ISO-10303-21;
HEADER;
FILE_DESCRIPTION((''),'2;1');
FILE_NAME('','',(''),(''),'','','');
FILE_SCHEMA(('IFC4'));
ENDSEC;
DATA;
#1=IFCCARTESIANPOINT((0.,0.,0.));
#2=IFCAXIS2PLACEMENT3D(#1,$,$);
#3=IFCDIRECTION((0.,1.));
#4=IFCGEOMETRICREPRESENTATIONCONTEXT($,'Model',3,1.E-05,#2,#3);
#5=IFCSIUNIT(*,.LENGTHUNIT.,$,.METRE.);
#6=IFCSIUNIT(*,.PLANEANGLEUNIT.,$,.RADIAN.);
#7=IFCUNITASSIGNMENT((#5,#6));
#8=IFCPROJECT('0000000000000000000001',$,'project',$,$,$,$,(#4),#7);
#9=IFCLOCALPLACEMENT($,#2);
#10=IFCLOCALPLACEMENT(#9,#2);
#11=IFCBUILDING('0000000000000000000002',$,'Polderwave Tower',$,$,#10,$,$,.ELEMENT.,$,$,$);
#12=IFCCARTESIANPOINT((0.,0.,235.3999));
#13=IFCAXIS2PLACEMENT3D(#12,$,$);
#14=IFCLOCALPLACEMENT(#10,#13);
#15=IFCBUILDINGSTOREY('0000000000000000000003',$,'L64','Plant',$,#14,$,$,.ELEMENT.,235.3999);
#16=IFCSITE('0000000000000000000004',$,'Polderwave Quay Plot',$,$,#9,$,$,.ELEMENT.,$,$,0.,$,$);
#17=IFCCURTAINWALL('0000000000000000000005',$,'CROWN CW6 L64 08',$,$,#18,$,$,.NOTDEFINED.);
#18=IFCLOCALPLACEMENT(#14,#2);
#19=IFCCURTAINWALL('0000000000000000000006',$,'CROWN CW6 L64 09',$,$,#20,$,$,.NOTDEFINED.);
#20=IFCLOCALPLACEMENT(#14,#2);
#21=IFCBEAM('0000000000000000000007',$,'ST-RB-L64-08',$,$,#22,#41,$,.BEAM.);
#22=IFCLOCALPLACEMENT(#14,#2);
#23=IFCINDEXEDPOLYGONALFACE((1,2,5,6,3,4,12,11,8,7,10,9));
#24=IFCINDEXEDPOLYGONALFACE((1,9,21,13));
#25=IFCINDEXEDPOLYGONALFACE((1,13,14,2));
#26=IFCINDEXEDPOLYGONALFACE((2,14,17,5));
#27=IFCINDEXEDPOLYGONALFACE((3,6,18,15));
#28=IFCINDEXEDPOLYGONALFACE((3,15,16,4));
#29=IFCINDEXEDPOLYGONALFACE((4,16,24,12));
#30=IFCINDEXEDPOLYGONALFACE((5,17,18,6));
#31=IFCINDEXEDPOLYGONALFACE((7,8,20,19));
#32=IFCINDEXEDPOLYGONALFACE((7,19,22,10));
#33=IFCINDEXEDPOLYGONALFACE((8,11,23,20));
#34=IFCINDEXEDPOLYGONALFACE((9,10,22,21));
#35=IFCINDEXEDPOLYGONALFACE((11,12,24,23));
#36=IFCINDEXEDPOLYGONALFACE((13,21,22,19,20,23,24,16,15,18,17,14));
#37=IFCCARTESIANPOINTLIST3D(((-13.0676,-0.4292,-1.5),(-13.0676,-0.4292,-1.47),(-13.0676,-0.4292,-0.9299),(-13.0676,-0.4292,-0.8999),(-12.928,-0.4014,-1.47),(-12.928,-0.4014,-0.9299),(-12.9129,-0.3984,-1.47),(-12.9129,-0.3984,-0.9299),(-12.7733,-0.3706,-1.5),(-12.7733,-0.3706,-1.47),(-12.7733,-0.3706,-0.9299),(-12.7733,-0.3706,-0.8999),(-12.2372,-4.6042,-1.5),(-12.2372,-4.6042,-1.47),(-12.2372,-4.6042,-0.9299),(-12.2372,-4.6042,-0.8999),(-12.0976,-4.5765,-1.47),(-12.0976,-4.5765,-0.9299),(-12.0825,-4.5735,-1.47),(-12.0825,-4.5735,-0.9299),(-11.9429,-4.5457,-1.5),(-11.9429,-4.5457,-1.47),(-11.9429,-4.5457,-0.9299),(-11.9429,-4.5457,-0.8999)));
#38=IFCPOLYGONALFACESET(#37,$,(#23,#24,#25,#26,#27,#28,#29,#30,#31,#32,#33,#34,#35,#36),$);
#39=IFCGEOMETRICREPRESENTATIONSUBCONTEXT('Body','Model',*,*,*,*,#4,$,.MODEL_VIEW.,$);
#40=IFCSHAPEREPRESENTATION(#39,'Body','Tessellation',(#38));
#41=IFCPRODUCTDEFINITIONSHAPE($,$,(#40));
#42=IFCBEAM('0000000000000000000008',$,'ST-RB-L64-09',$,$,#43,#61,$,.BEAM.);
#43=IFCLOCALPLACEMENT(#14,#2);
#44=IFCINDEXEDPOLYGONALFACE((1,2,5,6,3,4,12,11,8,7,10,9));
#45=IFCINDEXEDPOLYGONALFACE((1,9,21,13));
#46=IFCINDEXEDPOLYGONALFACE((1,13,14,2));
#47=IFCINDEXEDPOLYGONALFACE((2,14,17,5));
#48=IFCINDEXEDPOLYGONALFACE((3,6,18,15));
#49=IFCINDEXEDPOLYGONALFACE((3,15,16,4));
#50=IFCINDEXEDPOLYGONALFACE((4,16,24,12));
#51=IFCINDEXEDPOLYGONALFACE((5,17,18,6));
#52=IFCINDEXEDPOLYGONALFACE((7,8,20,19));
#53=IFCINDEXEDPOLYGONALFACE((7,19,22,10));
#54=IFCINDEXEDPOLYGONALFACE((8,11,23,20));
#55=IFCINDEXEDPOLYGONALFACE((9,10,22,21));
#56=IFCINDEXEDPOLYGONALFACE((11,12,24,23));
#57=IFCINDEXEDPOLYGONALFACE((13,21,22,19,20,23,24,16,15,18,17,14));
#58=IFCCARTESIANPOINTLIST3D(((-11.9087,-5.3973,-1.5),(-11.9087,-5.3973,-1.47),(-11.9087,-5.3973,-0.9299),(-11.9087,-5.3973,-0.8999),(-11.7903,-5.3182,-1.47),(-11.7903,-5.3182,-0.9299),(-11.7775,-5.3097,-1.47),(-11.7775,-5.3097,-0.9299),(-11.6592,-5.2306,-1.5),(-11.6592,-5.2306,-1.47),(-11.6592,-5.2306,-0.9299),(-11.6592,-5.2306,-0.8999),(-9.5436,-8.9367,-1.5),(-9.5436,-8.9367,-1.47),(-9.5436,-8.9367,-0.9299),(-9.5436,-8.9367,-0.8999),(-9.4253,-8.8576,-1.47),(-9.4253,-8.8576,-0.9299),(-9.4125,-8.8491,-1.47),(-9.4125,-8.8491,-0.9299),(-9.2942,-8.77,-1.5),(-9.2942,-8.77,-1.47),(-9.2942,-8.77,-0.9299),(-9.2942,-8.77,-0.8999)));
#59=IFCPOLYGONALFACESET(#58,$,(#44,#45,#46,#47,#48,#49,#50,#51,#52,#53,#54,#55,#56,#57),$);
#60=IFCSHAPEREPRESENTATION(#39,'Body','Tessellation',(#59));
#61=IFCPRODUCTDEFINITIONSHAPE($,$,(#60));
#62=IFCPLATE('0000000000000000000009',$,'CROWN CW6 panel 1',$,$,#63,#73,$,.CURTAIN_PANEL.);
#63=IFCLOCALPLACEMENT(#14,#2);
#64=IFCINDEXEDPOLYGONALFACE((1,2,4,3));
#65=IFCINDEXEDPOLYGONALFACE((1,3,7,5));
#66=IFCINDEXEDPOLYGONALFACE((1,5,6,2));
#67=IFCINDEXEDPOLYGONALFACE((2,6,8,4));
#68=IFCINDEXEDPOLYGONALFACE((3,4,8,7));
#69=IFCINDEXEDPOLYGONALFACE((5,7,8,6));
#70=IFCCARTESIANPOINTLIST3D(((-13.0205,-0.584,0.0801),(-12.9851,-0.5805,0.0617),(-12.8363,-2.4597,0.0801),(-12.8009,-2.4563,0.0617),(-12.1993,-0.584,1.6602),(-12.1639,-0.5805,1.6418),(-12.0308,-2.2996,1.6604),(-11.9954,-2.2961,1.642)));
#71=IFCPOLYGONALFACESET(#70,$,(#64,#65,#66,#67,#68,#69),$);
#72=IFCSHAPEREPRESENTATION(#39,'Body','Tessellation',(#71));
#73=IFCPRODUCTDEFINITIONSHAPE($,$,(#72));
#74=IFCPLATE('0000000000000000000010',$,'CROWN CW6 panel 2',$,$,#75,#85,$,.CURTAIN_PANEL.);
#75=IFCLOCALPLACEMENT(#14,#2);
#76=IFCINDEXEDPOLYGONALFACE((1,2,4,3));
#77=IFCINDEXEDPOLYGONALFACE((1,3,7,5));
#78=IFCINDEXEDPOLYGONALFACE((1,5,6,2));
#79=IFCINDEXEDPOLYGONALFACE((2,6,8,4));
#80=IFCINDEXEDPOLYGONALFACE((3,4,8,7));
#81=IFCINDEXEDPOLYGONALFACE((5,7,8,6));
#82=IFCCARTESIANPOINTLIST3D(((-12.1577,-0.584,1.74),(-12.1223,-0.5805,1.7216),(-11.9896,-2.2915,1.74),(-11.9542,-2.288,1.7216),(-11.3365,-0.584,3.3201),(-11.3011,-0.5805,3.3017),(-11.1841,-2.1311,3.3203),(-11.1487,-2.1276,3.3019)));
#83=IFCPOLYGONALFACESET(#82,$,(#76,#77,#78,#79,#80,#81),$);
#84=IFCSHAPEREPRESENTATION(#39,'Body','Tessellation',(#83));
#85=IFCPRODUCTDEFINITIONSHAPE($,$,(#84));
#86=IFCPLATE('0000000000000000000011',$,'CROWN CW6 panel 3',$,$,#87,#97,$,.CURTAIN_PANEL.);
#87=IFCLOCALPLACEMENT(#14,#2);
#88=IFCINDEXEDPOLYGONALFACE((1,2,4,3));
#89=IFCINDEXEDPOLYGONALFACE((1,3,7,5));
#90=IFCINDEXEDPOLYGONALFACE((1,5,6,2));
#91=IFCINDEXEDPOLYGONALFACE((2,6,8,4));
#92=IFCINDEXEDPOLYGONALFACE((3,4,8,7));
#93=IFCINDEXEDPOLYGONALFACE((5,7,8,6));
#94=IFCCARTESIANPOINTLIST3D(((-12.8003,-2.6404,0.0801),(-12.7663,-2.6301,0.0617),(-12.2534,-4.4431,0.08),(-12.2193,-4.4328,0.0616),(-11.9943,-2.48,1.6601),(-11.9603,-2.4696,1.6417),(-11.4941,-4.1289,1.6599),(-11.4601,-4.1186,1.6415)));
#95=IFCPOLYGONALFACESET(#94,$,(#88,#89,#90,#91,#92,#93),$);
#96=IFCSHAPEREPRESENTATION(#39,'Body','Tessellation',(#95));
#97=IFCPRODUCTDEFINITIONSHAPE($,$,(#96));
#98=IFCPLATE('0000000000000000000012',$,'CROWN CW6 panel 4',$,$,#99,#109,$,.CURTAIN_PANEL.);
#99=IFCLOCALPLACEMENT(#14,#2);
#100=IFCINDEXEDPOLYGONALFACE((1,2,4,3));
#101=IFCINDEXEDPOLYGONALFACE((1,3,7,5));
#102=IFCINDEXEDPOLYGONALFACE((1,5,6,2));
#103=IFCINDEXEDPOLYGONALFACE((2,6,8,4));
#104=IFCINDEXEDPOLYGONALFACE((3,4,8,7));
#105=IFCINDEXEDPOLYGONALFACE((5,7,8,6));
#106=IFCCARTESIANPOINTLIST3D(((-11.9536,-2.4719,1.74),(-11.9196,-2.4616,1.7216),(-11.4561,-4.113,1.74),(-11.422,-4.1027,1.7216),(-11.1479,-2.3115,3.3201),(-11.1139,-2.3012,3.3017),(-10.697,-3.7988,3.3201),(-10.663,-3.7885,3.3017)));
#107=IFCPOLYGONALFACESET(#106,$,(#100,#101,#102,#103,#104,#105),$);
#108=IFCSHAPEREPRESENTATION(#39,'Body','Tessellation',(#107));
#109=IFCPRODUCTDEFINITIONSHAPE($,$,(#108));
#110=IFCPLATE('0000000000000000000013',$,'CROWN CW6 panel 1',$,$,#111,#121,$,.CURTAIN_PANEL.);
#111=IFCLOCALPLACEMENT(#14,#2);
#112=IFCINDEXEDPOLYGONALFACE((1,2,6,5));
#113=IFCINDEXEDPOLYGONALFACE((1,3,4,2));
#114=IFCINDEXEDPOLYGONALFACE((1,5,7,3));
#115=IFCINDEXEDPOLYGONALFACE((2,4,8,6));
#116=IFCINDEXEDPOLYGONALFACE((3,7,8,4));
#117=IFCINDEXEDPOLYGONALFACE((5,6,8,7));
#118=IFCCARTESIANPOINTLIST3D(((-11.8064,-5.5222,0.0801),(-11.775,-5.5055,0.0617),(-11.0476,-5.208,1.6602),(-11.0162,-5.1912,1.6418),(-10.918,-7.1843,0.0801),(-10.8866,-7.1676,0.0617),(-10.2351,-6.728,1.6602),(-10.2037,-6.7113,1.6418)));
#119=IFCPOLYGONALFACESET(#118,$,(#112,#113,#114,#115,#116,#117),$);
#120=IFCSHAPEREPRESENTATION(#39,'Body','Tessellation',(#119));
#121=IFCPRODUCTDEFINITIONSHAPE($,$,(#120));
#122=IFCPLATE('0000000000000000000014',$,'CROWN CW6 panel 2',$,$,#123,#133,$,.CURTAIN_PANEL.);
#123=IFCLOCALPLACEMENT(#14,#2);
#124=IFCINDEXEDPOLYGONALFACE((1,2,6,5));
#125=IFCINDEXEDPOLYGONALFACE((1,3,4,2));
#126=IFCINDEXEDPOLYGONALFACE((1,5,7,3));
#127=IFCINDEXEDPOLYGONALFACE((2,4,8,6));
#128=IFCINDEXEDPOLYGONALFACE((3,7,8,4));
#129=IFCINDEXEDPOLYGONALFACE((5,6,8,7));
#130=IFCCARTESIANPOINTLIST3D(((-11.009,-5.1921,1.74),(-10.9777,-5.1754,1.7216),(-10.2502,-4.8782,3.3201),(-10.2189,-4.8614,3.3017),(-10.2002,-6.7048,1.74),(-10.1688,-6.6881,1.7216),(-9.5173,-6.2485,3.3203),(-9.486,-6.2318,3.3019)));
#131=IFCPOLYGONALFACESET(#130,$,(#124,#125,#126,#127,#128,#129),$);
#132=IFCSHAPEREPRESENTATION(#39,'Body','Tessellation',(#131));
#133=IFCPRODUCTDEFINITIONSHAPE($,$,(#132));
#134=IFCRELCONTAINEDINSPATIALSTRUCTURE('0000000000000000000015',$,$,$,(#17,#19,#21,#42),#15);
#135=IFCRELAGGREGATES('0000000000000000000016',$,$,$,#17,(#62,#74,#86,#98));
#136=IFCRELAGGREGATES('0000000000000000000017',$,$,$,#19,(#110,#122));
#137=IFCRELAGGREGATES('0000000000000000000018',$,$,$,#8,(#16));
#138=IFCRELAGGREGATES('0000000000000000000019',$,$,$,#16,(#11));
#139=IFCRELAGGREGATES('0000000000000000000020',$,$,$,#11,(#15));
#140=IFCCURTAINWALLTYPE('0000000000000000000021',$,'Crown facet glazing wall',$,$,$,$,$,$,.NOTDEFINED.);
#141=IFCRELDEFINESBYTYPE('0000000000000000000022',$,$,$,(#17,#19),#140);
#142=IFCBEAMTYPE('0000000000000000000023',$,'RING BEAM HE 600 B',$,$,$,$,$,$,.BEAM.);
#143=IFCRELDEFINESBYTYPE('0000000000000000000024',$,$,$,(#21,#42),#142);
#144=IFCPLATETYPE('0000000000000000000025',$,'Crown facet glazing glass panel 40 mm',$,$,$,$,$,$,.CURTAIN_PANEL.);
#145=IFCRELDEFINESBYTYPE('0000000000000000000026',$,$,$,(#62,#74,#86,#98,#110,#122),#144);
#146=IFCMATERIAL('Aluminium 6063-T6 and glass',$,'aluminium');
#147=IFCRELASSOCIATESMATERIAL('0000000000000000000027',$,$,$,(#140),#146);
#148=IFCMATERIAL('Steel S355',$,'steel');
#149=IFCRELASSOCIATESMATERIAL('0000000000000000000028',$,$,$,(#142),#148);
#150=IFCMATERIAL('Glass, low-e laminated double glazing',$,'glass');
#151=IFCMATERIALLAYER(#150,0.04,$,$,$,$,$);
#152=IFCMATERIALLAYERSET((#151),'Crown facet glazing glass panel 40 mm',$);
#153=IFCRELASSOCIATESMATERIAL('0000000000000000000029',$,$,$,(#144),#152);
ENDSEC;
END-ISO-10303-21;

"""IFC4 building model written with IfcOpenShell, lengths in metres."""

from ifc_helpers import new_model, si_unit, direction, frame, origin, origin_2d, place, context, subcontext, project, spatial, polyline, i_section, outline, extrude, material, layer, layer_set, material_profile, profile_set, type_object, element, aggregate, save


model = new_model("IFC4")

# Units and contexts
model_context = context("Model", 3, precision=1e-05, world=origin(), true_north=direction((0.0, 1.0)))
body_context = subcontext(model_context, "Body", "Model", "MODEL_VIEW")
ifc_project = project(units=[si_unit("LENGTHUNIT", "METRE"), si_unit("PLANEANGLEUNIT", "RADIAN")], contexts=[model_context])

# Site, building, storey
site_placement = place(None, origin())
site = spatial("IfcSite", under=ifc_project, at=site_placement, Name="Polderwave Quay Plot", CompositionType="ELEMENT", RefElevation=0.0)
building_placement = place(site_placement, origin())
building = spatial("IfcBuilding", under=site, at=building_placement, Name="Polderwave Tower", CompositionType="ELEMENT")
storey_placement = place(building_placement, frame((0.0, 0.0, 235.3999)))
storey = spatial("IfcBuildingStorey", under=building, at=storey_placement, Name="L64", Description="Plant", CompositionType="ELEMENT", Elevation=235.3999)

# Curtain wall
ifc_material_1 = material(Name="Aluminium 6063-T6 and glass", Category="aluminium")
curtain_wall_type = type_object("IfcCurtainWallType", Name="Crown facet glazing wall", PredefinedType="NOTDEFINED", material=ifc_material_1)
curtain_wall_1_placement = place(storey_placement, origin())
curtain_wall_1 = element("IfcCurtainWall", 1, at=curtain_wall_1_placement, inside=storey, type_object=curtain_wall_type, Name="CROWN CW6 L64 08", PredefinedType="NOTDEFINED")

# Curtain wall
curtain_wall_2_placement = place(storey_placement, origin())
curtain_wall_2 = element("IfcCurtainWall", 2, at=curtain_wall_2_placement, inside=storey, type_object=curtain_wall_type, Name="CROWN CW6 L64 09", PredefinedType="NOTDEFINED")

# Beams
ifc_material_2 = material(Name="Steel S355", Category="steel")
ifc_material_profile_1 = material_profile(ifc_material_2, i_section(OverallWidth=0.3, OverallDepth=0.6001, WebThickness=0.0154, FlangeThickness=0.03, at=origin_2d()), Name="HE 600 B")
ifc_profile_set_1 = profile_set([ifc_material_profile_1], Name="Steel S355")
beam_type = type_object("IfcBeamType", Name="RING BEAM HE 600 B", PredefinedType="BEAM", material=ifc_profile_set_1)
for number, where, z_axis, x_axis, name in (
    (3, (-12.9204, -0.3999, -1.2), (0.195057, -0.980792, 0.0), (0.980792, 0.195057, 0.0), "ST-RB-L64-08"),
    (4, (-11.7839, -5.314, -1.2), (0.555587, -0.831459, 0.0), (0.831459, 0.555587, 0.0), "ST-RB-L64-09"),
):
    element("IfcBeam", number, at=place(storey_placement, frame(where, z_axis=z_axis, x_axis=x_axis)), inside=storey, type_object=beam_type, Name=name, PredefinedType="BEAM", context=body_context, shape_type="SweptSolid", body=[
        extrude(i_section(OverallWidth=0.3, OverallDepth=0.6001, WebThickness=0.0154, FlangeThickness=0.03, at=origin_2d()), origin(), (0.0, 0.0, 1.0), 4.2568),
    ])

# Plates
ifc_material_3 = material(Name="Glass, low-e laminated double glazing", Category="glass")
ifc_layer = layer(ifc_material_3, 0.04)
ifc_layer_set = layer_set([ifc_layer], Name="Crown facet glazing glass panel 40 mm")
plate_type = type_object("IfcPlateType", Name="Crown facet glazing glass panel 40 mm", PredefinedType="CURTAIN_PANEL", material=ifc_layer_set)
plate_1_placement = place(storey_placement, frame((-13.0205, -0.584, 0.0801), z_axis=(-0.883979, -0.086804, 0.459397), x_axis=(0.097742, -0.995212, 0.000029)))
plate_1 = element("IfcPlate", 5, at=plate_1_placement, type_object=plate_type, Name="CROWN CW6 panel 1", PredefinedType="CURTAIN_PANEL", context=body_context, shape_type="SweptSolid", body=[
    extrude(outline(polyline([(0.0, 0.0), (1.8848, 0.0), (1.8041, 1.7791), (0.0803, 1.779), (0.0, 0.0)])), origin(), (0.0, 0.0, -1.0), 0.04),
])
plate_2_placement = place(storey_placement, frame((-12.1577, -0.584, 1.74), z_axis=(-0.883954, -0.087028, 0.459403), x_axis=(0.097992, -0.995187, 0.000024)))
plate_2 = element("IfcPlate", 6, at=plate_2_placement, type_object=plate_type, Name="CROWN CW6 panel 2", PredefinedType="CURTAIN_PANEL", context=body_context, shape_type="SweptSolid", body=[
    extrude(outline(polyline([(0.0, 0.0), (1.7158, 0.0), (1.6351, 1.7791), (0.0805, 1.779), (0.0, 0.0)])), origin(), (0.0, 0.0, -1.0), 0.04),
])
plate_3_placement = place(storey_placement, frame((-12.8003, -2.6404, 0.0801), z_axis=(-0.849834, -0.257844, 0.459672), x_axis=(0.290327, -0.956927, -0.000017)))
plate_3 = element("IfcPlate", 7, at=plate_3_placement, type_object=plate_type, Name="CROWN CW6 panel 3", PredefinedType="CURTAIN_PANEL", context=body_context, shape_type="SweptSolid", body=[
    extrude(outline(polyline([(0.0, 0.0), (1.8839, 0.0), (1.8036, 1.7789), (0.0805, 1.7792), (0.0, 0.0)])), origin(), (0.0, 0.0, -1.0), 0.04),
])
plate_4_placement = place(storey_placement, frame((-11.9536, -2.4719, 1.74), z_axis=(-0.849951, -0.257692, 0.45954), x_axis=(0.290142, -0.956984, 0.0)))
plate_4 = element("IfcPlate", 8, at=plate_4_placement, type_object=plate_type, Name="CROWN CW6 panel 4", PredefinedType="CURTAIN_PANEL", context=body_context, shape_type="SweptSolid", body=[
    extrude(outline(polyline([(0.0, 0.0), (1.7149, 0.0), (1.6344, 1.7791), (0.0803, 1.7791), (0.0, 0.0)])), origin(), (0.0, 0.0, -1.0), 0.04),
])
aggregate(curtain_wall_1, [plate_1, plate_2, plate_3, plate_4])
plate_5_placement = place(storey_placement, frame((-11.8064, -5.5222, 0.0801), z_axis=(-0.783326, -0.418707, 0.459439), x_axis=(0.471405, -0.881917, -0.000002)))
plate_5 = element("IfcPlate", 9, at=plate_5_placement, type_object=plate_type, Name="CROWN CW6 panel 1", PredefinedType="CURTAIN_PANEL", context=body_context, shape_type="SweptSolid", body=[
    extrude(outline(polyline([(0.0, 0.0), (1.8847, 0.0), (1.8041, 1.779), (0.0806, 1.7789), (0.0, 0.0)])), origin(), (0.0, 0.0, -1.0), 0.04),
])
plate_6_placement = place(storey_placement, frame((-11.009, -5.1921, 1.74), z_axis=(-0.78329, -0.418834, 0.459386), x_axis=(0.471533, -0.881849, -0.000004)))
plate_6 = element("IfcPlate", 10, at=plate_6_placement, type_object=plate_type, Name="CROWN CW6 panel 2", PredefinedType="CURTAIN_PANEL", context=body_context, shape_type="SweptSolid", body=[
    extrude(outline(polyline([(0.0, 0.0), (1.7154, 0.0), (1.635, 1.7792), (0.0809, 1.7789), (0.0, 0.0)])), origin(), (0.0, 0.0, -1.0), 0.04),
])
aggregate(curtain_wall_2, [plate_5, plate_6])

save(model, "model.ifc")
